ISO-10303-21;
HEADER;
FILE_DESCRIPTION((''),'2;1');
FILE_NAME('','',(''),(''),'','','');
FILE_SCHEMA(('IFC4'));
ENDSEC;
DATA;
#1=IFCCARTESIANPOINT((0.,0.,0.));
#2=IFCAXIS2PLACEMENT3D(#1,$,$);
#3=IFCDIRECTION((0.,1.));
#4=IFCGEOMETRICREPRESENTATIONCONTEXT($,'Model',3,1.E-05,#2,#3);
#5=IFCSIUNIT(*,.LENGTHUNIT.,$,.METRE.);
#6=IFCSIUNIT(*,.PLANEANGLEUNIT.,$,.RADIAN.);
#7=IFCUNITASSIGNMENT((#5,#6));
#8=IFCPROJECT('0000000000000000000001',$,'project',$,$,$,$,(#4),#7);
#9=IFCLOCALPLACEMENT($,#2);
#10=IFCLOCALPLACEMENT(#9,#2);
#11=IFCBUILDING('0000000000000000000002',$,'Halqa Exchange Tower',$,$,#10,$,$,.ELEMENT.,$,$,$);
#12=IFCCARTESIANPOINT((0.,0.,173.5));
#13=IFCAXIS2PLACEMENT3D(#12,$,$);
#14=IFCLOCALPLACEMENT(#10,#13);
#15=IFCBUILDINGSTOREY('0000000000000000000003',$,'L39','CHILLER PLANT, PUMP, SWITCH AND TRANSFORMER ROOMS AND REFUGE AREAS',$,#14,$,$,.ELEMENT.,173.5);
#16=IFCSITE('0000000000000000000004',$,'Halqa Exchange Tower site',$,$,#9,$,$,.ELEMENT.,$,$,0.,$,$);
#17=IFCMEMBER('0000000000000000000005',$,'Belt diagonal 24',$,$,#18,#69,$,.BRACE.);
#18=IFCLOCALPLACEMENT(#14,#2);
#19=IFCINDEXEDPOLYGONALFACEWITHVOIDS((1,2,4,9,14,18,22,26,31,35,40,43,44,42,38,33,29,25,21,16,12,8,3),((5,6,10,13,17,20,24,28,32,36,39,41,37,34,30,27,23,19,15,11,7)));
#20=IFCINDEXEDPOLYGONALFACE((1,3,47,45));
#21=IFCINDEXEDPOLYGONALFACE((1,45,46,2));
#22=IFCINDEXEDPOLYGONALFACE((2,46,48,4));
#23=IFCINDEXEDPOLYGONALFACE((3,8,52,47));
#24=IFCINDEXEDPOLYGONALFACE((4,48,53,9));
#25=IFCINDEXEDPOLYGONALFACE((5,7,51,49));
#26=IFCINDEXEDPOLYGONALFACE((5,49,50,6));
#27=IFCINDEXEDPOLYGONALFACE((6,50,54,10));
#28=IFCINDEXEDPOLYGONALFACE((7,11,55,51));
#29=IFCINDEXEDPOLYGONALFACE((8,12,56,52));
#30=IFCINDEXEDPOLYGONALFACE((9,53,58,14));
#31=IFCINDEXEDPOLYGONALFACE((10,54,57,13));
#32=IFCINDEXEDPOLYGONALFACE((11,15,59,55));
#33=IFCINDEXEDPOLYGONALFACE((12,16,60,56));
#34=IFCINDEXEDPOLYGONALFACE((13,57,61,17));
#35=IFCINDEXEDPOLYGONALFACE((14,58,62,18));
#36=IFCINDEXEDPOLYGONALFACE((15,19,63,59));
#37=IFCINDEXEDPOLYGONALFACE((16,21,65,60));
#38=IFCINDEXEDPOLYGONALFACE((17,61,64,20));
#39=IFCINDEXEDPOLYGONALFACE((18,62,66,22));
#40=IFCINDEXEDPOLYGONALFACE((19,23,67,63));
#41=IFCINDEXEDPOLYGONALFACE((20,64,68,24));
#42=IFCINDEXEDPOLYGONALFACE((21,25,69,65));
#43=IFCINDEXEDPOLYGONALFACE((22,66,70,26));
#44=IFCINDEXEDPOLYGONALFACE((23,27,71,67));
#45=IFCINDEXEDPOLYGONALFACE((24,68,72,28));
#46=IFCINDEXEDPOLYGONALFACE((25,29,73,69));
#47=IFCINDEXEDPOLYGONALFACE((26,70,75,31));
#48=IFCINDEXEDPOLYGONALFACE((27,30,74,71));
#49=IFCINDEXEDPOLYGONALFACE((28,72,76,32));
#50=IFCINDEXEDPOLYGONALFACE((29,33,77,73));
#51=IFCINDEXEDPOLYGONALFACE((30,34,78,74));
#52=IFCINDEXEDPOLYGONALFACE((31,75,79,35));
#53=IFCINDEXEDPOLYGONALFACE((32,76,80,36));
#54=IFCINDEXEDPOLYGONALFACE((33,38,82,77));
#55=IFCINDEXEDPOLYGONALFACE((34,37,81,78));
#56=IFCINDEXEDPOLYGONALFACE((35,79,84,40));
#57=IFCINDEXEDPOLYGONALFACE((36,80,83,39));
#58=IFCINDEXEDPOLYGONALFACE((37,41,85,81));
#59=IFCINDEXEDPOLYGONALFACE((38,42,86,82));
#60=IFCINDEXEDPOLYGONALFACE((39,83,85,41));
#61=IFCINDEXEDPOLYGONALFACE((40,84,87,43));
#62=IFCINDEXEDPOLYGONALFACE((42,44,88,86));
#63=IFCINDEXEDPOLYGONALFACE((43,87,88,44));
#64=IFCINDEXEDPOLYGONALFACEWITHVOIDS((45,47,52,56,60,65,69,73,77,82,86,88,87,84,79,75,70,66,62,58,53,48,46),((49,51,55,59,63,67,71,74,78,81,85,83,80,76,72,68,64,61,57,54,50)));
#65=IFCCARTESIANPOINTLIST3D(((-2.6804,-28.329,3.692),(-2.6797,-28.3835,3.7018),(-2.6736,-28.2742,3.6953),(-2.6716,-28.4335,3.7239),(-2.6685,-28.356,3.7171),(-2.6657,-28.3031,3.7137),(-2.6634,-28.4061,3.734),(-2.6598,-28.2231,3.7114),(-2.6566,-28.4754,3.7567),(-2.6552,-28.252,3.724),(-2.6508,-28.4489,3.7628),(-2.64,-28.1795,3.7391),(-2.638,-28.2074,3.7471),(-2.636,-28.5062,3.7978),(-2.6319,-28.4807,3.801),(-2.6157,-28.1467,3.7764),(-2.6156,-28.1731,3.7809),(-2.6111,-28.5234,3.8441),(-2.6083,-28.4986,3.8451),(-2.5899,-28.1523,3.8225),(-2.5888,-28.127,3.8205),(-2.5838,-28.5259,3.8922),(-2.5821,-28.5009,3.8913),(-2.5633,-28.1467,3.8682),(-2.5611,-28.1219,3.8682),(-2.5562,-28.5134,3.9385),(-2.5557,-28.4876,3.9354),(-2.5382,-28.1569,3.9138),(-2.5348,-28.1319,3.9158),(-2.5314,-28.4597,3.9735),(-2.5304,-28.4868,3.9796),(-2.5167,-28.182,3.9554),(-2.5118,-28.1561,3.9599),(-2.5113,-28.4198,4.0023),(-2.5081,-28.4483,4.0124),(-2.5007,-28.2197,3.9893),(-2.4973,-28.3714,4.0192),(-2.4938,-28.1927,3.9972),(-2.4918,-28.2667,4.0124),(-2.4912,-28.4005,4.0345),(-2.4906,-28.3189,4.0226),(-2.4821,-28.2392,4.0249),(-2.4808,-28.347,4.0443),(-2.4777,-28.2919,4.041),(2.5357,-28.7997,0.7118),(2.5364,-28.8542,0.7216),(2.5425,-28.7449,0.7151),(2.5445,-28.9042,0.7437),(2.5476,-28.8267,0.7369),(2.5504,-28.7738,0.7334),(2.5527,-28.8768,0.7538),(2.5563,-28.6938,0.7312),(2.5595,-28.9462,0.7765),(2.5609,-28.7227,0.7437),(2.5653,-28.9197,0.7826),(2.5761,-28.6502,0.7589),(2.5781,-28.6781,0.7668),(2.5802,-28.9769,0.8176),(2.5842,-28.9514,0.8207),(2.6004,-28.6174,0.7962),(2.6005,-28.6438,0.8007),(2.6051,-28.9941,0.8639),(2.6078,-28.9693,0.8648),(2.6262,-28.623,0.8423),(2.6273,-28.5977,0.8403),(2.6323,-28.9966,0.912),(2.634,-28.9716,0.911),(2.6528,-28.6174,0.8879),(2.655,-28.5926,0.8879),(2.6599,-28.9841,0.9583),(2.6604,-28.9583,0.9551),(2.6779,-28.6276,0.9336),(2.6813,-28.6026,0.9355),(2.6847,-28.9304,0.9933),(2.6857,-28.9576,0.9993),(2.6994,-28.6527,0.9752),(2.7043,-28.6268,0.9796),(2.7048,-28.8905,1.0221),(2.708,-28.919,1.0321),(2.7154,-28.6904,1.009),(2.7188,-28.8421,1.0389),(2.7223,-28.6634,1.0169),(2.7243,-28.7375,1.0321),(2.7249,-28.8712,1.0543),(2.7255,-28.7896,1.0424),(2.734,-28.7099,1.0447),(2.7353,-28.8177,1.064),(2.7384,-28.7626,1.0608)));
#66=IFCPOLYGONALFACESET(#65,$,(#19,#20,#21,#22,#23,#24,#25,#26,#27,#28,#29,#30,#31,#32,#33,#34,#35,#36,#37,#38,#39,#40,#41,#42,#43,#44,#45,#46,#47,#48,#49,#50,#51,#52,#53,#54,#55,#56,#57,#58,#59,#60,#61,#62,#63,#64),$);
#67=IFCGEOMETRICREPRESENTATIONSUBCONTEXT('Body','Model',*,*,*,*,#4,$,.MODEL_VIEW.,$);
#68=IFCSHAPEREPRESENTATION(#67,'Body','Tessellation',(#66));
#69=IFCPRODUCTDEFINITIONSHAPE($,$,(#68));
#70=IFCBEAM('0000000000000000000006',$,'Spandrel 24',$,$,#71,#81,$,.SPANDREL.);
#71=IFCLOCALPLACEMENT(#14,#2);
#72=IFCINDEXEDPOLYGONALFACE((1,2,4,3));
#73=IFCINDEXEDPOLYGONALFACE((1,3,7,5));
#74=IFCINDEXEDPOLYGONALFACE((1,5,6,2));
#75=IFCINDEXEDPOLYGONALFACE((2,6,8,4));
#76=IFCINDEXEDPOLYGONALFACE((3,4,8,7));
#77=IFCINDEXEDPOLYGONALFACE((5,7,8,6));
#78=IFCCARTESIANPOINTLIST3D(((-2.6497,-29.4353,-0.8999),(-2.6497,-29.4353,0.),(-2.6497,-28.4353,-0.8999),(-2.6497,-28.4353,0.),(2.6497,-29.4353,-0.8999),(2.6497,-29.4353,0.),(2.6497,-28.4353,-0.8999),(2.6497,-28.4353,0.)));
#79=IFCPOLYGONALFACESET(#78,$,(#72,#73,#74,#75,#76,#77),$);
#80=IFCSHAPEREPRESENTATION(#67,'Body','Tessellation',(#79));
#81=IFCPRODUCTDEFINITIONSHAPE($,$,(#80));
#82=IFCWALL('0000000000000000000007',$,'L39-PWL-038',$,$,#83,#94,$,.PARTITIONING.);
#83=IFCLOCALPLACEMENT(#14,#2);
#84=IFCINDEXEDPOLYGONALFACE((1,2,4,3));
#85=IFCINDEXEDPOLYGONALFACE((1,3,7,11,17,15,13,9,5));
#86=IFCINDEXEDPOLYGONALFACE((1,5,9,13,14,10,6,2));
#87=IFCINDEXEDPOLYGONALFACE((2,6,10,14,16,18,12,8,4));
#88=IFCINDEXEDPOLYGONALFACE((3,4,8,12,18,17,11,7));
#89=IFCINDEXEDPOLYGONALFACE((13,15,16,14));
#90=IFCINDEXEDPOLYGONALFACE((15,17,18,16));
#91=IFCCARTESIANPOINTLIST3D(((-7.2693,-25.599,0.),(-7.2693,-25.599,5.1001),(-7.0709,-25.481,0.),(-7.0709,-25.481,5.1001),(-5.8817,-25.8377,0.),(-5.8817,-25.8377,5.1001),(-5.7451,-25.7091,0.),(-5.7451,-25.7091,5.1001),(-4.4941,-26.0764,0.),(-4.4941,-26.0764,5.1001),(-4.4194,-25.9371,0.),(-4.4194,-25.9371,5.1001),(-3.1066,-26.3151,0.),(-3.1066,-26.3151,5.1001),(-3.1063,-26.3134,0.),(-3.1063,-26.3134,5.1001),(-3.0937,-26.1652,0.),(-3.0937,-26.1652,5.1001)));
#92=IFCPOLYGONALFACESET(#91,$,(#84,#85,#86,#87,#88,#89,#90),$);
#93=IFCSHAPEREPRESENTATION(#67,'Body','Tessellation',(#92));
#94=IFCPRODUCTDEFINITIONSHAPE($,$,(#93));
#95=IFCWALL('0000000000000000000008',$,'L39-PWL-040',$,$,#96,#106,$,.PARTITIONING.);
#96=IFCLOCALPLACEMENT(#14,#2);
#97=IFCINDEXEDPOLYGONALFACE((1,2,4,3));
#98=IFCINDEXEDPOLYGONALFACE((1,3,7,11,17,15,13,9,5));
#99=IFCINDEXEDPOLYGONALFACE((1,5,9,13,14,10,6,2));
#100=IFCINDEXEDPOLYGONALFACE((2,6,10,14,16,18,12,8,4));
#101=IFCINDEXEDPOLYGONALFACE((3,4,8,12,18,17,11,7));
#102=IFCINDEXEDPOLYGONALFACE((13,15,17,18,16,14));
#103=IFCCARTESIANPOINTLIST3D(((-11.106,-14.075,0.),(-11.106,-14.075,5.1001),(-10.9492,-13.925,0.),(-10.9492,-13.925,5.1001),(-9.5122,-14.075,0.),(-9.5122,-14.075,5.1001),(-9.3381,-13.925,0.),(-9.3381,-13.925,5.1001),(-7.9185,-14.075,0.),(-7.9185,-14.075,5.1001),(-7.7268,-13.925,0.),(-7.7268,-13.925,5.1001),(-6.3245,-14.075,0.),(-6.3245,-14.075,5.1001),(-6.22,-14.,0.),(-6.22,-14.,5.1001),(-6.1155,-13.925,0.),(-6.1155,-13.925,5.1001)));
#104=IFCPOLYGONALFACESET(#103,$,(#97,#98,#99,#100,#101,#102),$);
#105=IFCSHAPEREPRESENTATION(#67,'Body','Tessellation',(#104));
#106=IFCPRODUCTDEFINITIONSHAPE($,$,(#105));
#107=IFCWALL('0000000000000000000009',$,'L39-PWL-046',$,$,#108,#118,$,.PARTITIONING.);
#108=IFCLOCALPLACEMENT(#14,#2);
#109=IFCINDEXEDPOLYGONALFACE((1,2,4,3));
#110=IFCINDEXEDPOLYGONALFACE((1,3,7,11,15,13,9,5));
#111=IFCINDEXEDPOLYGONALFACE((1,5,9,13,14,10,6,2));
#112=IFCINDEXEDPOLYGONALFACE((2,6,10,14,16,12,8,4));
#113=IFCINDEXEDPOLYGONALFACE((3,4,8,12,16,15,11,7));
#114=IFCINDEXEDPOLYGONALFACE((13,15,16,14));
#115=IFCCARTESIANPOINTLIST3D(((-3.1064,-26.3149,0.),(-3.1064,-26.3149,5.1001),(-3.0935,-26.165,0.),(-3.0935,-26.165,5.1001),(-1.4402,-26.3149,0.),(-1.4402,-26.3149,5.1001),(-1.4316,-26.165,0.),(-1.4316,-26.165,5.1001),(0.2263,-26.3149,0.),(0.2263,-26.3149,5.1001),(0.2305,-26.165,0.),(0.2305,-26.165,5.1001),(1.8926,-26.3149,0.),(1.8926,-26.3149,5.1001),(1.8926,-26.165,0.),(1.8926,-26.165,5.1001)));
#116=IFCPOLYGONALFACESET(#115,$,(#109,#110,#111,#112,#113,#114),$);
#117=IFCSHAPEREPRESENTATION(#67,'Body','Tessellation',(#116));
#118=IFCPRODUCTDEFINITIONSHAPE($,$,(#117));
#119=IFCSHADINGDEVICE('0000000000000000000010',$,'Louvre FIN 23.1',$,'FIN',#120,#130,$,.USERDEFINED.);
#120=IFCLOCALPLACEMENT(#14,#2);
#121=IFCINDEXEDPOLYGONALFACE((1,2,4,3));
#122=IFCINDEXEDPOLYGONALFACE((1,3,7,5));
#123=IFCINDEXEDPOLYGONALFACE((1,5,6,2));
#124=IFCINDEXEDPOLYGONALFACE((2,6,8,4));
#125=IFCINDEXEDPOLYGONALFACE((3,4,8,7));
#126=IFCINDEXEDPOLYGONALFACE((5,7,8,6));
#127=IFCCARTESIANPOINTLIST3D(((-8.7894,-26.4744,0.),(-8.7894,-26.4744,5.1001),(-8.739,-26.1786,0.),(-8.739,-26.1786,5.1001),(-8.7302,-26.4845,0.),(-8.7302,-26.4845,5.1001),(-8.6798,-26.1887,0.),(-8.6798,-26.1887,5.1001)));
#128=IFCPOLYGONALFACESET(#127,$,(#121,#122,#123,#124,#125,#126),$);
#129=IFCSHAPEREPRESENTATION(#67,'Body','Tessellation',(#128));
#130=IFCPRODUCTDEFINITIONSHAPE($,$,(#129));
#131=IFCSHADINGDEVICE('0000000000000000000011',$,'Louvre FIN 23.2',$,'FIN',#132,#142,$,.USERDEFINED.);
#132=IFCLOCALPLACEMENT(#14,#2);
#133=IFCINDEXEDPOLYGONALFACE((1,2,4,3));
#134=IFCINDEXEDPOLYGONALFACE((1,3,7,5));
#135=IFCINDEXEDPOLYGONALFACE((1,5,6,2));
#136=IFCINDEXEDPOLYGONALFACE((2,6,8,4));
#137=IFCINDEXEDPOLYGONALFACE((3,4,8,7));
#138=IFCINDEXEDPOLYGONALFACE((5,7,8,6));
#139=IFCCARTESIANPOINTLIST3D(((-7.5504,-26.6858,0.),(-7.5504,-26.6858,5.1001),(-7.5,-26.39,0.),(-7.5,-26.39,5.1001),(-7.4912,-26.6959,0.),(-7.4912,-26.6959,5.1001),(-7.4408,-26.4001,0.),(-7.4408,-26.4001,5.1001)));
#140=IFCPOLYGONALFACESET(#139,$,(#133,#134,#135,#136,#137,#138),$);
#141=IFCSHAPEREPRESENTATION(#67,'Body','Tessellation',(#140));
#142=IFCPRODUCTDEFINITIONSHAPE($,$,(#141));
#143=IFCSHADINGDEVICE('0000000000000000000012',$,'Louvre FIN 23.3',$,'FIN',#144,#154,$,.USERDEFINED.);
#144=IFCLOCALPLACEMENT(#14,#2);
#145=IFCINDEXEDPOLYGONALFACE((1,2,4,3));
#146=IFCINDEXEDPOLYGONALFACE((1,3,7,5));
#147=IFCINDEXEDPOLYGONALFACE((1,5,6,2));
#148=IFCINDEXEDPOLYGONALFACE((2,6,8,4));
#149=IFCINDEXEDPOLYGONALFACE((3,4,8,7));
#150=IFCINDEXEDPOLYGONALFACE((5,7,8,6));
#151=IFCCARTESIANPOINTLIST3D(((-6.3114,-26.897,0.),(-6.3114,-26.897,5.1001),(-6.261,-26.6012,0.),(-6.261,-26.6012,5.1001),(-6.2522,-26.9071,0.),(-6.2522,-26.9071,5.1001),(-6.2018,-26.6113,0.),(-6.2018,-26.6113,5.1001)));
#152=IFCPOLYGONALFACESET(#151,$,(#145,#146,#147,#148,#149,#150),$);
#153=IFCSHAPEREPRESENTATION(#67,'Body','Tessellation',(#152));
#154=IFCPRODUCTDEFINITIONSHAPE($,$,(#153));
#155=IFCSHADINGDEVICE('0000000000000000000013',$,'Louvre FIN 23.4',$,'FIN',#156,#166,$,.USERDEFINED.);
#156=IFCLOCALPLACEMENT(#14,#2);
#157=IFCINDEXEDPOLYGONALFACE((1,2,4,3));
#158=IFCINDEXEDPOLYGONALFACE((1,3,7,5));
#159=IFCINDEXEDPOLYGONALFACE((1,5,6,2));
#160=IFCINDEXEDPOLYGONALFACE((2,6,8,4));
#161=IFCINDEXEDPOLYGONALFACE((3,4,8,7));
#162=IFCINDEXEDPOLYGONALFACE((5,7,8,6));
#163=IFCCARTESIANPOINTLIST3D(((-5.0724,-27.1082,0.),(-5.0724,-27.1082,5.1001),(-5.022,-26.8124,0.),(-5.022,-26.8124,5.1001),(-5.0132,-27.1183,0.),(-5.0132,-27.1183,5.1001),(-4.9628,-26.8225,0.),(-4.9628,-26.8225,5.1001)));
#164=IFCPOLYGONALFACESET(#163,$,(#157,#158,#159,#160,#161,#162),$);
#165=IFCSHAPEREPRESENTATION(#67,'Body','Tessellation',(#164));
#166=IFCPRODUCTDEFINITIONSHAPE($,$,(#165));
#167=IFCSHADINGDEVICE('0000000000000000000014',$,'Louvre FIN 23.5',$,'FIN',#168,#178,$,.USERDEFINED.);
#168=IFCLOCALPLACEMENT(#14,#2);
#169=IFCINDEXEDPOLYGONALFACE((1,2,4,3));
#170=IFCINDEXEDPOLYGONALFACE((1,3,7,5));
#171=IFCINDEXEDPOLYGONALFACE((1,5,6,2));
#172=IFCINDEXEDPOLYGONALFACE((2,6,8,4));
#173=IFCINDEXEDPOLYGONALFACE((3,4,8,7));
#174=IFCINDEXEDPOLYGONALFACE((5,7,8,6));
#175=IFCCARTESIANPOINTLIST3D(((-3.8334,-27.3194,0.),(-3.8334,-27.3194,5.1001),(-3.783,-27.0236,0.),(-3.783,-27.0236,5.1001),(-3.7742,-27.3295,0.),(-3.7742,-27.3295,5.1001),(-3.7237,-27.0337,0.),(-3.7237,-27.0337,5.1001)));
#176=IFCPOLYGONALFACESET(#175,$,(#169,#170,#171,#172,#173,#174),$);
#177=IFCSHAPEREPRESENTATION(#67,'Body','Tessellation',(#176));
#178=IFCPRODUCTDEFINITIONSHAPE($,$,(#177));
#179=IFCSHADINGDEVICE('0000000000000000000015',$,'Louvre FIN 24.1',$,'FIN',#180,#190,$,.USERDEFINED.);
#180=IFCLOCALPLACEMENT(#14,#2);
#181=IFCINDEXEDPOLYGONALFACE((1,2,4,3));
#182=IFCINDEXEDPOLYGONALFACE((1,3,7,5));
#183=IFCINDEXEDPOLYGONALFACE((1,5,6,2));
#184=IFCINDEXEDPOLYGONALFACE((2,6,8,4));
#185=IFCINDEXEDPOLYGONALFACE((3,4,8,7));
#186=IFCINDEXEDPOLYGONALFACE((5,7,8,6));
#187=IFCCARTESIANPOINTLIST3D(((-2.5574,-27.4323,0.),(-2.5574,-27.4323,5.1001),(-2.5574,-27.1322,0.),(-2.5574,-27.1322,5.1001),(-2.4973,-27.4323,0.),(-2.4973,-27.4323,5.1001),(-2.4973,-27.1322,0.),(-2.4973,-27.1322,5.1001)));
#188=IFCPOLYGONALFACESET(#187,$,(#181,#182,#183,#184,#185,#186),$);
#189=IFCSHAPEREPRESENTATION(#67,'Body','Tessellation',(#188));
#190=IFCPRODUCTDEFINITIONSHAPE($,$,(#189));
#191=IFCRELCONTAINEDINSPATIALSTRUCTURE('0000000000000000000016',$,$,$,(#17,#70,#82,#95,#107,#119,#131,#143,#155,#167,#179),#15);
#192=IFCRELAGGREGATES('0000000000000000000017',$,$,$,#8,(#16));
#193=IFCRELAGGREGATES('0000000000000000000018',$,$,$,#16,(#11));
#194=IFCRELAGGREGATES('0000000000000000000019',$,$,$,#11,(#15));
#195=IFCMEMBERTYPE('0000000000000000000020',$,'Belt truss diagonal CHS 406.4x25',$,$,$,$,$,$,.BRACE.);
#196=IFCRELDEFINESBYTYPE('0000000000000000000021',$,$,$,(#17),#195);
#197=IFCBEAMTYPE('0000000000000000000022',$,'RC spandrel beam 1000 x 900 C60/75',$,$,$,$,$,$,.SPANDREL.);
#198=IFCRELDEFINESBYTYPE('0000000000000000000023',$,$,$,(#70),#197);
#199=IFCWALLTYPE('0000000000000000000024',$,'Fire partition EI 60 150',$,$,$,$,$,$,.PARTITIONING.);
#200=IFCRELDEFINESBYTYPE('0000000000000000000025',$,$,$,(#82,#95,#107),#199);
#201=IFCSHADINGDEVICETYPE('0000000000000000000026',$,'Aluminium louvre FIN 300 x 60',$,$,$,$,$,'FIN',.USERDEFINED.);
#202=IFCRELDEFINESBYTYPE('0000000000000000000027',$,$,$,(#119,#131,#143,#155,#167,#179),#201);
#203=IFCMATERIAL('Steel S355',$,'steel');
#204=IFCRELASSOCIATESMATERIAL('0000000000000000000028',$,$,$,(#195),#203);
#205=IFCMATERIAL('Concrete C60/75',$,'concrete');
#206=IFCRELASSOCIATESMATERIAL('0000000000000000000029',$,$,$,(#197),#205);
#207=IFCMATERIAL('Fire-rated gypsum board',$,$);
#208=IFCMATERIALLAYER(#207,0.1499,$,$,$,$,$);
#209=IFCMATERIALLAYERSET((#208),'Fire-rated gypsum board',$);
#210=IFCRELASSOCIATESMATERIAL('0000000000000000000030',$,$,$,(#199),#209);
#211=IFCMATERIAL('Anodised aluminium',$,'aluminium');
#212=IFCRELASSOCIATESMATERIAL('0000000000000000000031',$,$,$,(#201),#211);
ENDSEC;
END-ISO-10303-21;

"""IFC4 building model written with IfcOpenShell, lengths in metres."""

from ifc_helpers import new_model, si_unit, direction, frame, origin, origin_2d, place, context, subcontext, project, spatial, polyline, rectangle, hollow_circle, outline, extrude, material, layer, layer_set, material_profile, profile_set, type_object, element, save


model = new_model("IFC4")

# Units and contexts
model_context = context("Model", 3, precision=1e-05, world=origin(), true_north=direction((0.0, 1.0)))
body_context = subcontext(model_context, "Body", "Model", "MODEL_VIEW")
ifc_project = project(units=[si_unit("LENGTHUNIT", "METRE"), si_unit("PLANEANGLEUNIT", "RADIAN")], contexts=[model_context])

# Site, building, storey
site_placement = place(None, origin())
site = spatial("IfcSite", under=ifc_project, at=site_placement, Name="Halqa Exchange Tower site", CompositionType="ELEMENT", RefElevation=0.0)
building_placement = place(site_placement, origin())
building = spatial("IfcBuilding", under=site, at=building_placement, Name="Halqa Exchange Tower", CompositionType="ELEMENT")
storey_placement = place(building_placement, frame((0.0, 0.0, 173.5)))
storey = spatial("IfcBuildingStorey", under=building, at=storey_placement, Name="L39", Description="CHILLER PLANT, PUMP, SWITCH AND TRANSFORMER ROOMS AND REFUGE AREAS", CompositionType="ELEMENT", Elevation=173.5)

# Member
ifc_material_1 = material(Name="Steel S355", Category="steel")
ifc_material_profile_1 = material_profile(ifc_material_1, hollow_circle(Radius=0.2031, WallThickness=0.0249, at=origin_2d()), Name="CHS 406.4x25")
ifc_profile_set_1 = profile_set([ifc_material_profile_1], Name="Steel S355")
member_type_1 = type_object("IfcMemberType", Name="Belt truss diagonal CHS 406.4x25", PredefinedType="BRACE", material=ifc_profile_set_1)
member_1_placement = place(storey_placement, frame((-2.5793, -28.3242, 3.8682), z_axis=(0.865618, -0.078114, -0.494575), x_axis=(0.089876, 0.995953, 0.0)))
element("IfcMember", 1, at=member_1_placement, inside=storey, type_object=member_type_1, Name="Belt diagonal 24", PredefinedType="BRACE", context=body_context, shape_type="SweptSolid", body=[
    extrude(hollow_circle(Radius=0.2031, WallThickness=0.0249, at=origin_2d()), origin(), (0.0, 0.0, 1.0), 6.0259),
])

# Beam
ifc_material_2 = material(Name="Concrete C60/75", Category="concrete")
ifc_material_profile_2 = material_profile(ifc_material_2, rectangle(XDim=1.0, YDim=0.8999, at=origin_2d()), Name="1000 x 900")
ifc_profile_set_2 = profile_set([ifc_material_profile_2], Name="Concrete C60/75")
beam_type = type_object("IfcBeamType", Name="RC spandrel beam 1000 x 900 C60/75", PredefinedType="SPANDREL", material=ifc_profile_set_2)
beam_placement = place(storey_placement, frame((-2.6497, -28.9353, -0.45), z_axis=(1.0, 0.0, 0.0), x_axis=(0.0, 1.0, 0.0)))
element("IfcBeam", 2, at=beam_placement, inside=storey, type_object=beam_type, Name="Spandrel 24", PredefinedType="SPANDREL", context=body_context, shape_type="SweptSolid", body=[
    extrude(rectangle(XDim=1.0, YDim=0.8999, at=origin_2d()), origin(), (0.0, 0.0, 1.0), 5.2993),
])

# Walls
ifc_material_3 = material(Name="Fire-rated gypsum board")
ifc_layer_1 = layer(ifc_material_3, 0.1499)
ifc_layer_set_1 = layer_set([ifc_layer_1], Name="Fire-rated gypsum board")
wall_type = type_object("IfcWallType", Name="Fire partition EI 60 150", PredefinedType="PARTITIONING", material=ifc_layer_set_1)
wall_1_placement = place(storey_placement, frame((-7.2566, -25.5251, 0.0), z_axis=(0.0, 0.0, 1.0), x_axis=(0.985526, -0.169524, 0.0)))
element("IfcWall", 3, at=wall_1_placement, inside=storey, type_object=wall_type, Name="L39-PWL-038", PredefinedType="PARTITIONING", context=body_context, shape_type="SweptSolid", body=[
    extrude(outline(polyline([(4.2239, -0.075), (4.2239, -0.0732), (4.2112, 0.075), (2.866, 0.075), (1.5208, 0.075), (0.1755, 0.075), (0.0, -0.075), (1.408, -0.075), (2.8159, -0.075), (4.2239, -0.075)])), origin(), (0.0, 0.0, 1.0), 5.1001),
])
wall_2_placement = place(storey_placement, frame((-6.1155, -14.0, 0.0), z_axis=(0.0, 0.0, 1.0), x_axis=(-1.0, 0.0, 0.0)))
element("IfcWall", 4, at=wall_2_placement, inside=storey, type_object=wall_type, Name="L39-PWL-040", PredefinedType="PARTITIONING", context=body_context, shape_type="SweptSolid", body=[
    extrude(outline(polyline([(0.0, -0.075), (1.6113, -0.075), (3.2227, -0.075), (4.8337, -0.075), (4.9905, 0.075), (3.3967, 0.075), (1.803, 0.075), (0.209, 0.075), (0.1045, 0.0), (0.0, -0.075)])), origin(), (0.0, 0.0, 1.0), 5.1001),
])

# Wall
wall_3_placement = place(storey_placement, frame((-3.1064, -26.24, 0.0), z_axis=(0.0, 0.0, 1.0), x_axis=(1.0, 0.0, 0.0)))
element("IfcWall", 5, at=wall_3_placement, inside=storey, type_object=wall_type, Name="L39-PWL-046", PredefinedType="PARTITIONING", context=body_context, shape_type="SweptSolid", body=[
    extrude(outline(polyline([(4.999, 0.075), (3.3369, 0.075), (1.6748, 0.075), (0.0129, 0.075), (0.0, -0.075), (1.6663, -0.075), (3.3328, -0.075), (4.999, -0.075), (4.999, 0.075)])), origin(), (0.0, 0.0, 1.0), 5.1001),
])

# Shading devices
ifc_material_4 = material(Name="Anodised aluminium", Category="aluminium")
ifc_material_profile_3 = material_profile(ifc_material_4, rectangle(XDim=0.3, YDim=0.0601, at=origin_2d()), Name="AL FIN 300x60")
ifc_profile_set_3 = profile_set([ifc_material_profile_3], Name="Anodised aluminium")
shading_device_type = type_object("IfcShadingDeviceType", Name="Aluminium louvre FIN 300 x 60", ElementType="FIN", PredefinedType="USERDEFINED", material=ifc_profile_set_3)
for number, where, z_axis, x_axis, name in (
    (6, (-8.7346, -26.3315, 0.0), (0.0, 0.0, 1.0), (0.168073, 0.985775, 0.0), "Louvre FIN 23.1"),
    (7, (-7.4956, -26.543, 0.0), (0.0, 0.0, 1.0), (0.168073, 0.985775, 0.0), "Louvre FIN 23.2"),
    (8, (-6.2566, -26.7542, 0.0), (0.0, 0.0, 1.0), (0.168073, 0.985775, 0.0), "Louvre FIN 23.3"),
    (9, (-5.0176, -26.9653, 0.0), (0.0, 0.0, 1.0), (0.168073, 0.985775, 0.0), "Louvre FIN 23.4"),
    (10, (-3.7786, -27.1765, 0.0), (0.0, 0.0, 1.0), (0.168073, 0.985775, 0.0), "Louvre FIN 23.5"),
    (11, (-2.5273, -27.2822, 0.0), (0.0, 0.0, 1.0), (0.0, 1.0, 0.0), "Louvre FIN 24.1"),
):
    element("IfcShadingDevice", number, at=place(storey_placement, frame(where, z_axis=z_axis, x_axis=x_axis)), inside=storey, type_object=shading_device_type, Name=name, ObjectType="FIN", PredefinedType="USERDEFINED", context=body_context, shape_type="SweptSolid", body=[
        extrude(rectangle(XDim=0.3, YDim=0.0601, at=origin_2d()), origin(), (0.0, 0.0, 1.0), 5.1001),
    ])

save(model, "model.ifc")
